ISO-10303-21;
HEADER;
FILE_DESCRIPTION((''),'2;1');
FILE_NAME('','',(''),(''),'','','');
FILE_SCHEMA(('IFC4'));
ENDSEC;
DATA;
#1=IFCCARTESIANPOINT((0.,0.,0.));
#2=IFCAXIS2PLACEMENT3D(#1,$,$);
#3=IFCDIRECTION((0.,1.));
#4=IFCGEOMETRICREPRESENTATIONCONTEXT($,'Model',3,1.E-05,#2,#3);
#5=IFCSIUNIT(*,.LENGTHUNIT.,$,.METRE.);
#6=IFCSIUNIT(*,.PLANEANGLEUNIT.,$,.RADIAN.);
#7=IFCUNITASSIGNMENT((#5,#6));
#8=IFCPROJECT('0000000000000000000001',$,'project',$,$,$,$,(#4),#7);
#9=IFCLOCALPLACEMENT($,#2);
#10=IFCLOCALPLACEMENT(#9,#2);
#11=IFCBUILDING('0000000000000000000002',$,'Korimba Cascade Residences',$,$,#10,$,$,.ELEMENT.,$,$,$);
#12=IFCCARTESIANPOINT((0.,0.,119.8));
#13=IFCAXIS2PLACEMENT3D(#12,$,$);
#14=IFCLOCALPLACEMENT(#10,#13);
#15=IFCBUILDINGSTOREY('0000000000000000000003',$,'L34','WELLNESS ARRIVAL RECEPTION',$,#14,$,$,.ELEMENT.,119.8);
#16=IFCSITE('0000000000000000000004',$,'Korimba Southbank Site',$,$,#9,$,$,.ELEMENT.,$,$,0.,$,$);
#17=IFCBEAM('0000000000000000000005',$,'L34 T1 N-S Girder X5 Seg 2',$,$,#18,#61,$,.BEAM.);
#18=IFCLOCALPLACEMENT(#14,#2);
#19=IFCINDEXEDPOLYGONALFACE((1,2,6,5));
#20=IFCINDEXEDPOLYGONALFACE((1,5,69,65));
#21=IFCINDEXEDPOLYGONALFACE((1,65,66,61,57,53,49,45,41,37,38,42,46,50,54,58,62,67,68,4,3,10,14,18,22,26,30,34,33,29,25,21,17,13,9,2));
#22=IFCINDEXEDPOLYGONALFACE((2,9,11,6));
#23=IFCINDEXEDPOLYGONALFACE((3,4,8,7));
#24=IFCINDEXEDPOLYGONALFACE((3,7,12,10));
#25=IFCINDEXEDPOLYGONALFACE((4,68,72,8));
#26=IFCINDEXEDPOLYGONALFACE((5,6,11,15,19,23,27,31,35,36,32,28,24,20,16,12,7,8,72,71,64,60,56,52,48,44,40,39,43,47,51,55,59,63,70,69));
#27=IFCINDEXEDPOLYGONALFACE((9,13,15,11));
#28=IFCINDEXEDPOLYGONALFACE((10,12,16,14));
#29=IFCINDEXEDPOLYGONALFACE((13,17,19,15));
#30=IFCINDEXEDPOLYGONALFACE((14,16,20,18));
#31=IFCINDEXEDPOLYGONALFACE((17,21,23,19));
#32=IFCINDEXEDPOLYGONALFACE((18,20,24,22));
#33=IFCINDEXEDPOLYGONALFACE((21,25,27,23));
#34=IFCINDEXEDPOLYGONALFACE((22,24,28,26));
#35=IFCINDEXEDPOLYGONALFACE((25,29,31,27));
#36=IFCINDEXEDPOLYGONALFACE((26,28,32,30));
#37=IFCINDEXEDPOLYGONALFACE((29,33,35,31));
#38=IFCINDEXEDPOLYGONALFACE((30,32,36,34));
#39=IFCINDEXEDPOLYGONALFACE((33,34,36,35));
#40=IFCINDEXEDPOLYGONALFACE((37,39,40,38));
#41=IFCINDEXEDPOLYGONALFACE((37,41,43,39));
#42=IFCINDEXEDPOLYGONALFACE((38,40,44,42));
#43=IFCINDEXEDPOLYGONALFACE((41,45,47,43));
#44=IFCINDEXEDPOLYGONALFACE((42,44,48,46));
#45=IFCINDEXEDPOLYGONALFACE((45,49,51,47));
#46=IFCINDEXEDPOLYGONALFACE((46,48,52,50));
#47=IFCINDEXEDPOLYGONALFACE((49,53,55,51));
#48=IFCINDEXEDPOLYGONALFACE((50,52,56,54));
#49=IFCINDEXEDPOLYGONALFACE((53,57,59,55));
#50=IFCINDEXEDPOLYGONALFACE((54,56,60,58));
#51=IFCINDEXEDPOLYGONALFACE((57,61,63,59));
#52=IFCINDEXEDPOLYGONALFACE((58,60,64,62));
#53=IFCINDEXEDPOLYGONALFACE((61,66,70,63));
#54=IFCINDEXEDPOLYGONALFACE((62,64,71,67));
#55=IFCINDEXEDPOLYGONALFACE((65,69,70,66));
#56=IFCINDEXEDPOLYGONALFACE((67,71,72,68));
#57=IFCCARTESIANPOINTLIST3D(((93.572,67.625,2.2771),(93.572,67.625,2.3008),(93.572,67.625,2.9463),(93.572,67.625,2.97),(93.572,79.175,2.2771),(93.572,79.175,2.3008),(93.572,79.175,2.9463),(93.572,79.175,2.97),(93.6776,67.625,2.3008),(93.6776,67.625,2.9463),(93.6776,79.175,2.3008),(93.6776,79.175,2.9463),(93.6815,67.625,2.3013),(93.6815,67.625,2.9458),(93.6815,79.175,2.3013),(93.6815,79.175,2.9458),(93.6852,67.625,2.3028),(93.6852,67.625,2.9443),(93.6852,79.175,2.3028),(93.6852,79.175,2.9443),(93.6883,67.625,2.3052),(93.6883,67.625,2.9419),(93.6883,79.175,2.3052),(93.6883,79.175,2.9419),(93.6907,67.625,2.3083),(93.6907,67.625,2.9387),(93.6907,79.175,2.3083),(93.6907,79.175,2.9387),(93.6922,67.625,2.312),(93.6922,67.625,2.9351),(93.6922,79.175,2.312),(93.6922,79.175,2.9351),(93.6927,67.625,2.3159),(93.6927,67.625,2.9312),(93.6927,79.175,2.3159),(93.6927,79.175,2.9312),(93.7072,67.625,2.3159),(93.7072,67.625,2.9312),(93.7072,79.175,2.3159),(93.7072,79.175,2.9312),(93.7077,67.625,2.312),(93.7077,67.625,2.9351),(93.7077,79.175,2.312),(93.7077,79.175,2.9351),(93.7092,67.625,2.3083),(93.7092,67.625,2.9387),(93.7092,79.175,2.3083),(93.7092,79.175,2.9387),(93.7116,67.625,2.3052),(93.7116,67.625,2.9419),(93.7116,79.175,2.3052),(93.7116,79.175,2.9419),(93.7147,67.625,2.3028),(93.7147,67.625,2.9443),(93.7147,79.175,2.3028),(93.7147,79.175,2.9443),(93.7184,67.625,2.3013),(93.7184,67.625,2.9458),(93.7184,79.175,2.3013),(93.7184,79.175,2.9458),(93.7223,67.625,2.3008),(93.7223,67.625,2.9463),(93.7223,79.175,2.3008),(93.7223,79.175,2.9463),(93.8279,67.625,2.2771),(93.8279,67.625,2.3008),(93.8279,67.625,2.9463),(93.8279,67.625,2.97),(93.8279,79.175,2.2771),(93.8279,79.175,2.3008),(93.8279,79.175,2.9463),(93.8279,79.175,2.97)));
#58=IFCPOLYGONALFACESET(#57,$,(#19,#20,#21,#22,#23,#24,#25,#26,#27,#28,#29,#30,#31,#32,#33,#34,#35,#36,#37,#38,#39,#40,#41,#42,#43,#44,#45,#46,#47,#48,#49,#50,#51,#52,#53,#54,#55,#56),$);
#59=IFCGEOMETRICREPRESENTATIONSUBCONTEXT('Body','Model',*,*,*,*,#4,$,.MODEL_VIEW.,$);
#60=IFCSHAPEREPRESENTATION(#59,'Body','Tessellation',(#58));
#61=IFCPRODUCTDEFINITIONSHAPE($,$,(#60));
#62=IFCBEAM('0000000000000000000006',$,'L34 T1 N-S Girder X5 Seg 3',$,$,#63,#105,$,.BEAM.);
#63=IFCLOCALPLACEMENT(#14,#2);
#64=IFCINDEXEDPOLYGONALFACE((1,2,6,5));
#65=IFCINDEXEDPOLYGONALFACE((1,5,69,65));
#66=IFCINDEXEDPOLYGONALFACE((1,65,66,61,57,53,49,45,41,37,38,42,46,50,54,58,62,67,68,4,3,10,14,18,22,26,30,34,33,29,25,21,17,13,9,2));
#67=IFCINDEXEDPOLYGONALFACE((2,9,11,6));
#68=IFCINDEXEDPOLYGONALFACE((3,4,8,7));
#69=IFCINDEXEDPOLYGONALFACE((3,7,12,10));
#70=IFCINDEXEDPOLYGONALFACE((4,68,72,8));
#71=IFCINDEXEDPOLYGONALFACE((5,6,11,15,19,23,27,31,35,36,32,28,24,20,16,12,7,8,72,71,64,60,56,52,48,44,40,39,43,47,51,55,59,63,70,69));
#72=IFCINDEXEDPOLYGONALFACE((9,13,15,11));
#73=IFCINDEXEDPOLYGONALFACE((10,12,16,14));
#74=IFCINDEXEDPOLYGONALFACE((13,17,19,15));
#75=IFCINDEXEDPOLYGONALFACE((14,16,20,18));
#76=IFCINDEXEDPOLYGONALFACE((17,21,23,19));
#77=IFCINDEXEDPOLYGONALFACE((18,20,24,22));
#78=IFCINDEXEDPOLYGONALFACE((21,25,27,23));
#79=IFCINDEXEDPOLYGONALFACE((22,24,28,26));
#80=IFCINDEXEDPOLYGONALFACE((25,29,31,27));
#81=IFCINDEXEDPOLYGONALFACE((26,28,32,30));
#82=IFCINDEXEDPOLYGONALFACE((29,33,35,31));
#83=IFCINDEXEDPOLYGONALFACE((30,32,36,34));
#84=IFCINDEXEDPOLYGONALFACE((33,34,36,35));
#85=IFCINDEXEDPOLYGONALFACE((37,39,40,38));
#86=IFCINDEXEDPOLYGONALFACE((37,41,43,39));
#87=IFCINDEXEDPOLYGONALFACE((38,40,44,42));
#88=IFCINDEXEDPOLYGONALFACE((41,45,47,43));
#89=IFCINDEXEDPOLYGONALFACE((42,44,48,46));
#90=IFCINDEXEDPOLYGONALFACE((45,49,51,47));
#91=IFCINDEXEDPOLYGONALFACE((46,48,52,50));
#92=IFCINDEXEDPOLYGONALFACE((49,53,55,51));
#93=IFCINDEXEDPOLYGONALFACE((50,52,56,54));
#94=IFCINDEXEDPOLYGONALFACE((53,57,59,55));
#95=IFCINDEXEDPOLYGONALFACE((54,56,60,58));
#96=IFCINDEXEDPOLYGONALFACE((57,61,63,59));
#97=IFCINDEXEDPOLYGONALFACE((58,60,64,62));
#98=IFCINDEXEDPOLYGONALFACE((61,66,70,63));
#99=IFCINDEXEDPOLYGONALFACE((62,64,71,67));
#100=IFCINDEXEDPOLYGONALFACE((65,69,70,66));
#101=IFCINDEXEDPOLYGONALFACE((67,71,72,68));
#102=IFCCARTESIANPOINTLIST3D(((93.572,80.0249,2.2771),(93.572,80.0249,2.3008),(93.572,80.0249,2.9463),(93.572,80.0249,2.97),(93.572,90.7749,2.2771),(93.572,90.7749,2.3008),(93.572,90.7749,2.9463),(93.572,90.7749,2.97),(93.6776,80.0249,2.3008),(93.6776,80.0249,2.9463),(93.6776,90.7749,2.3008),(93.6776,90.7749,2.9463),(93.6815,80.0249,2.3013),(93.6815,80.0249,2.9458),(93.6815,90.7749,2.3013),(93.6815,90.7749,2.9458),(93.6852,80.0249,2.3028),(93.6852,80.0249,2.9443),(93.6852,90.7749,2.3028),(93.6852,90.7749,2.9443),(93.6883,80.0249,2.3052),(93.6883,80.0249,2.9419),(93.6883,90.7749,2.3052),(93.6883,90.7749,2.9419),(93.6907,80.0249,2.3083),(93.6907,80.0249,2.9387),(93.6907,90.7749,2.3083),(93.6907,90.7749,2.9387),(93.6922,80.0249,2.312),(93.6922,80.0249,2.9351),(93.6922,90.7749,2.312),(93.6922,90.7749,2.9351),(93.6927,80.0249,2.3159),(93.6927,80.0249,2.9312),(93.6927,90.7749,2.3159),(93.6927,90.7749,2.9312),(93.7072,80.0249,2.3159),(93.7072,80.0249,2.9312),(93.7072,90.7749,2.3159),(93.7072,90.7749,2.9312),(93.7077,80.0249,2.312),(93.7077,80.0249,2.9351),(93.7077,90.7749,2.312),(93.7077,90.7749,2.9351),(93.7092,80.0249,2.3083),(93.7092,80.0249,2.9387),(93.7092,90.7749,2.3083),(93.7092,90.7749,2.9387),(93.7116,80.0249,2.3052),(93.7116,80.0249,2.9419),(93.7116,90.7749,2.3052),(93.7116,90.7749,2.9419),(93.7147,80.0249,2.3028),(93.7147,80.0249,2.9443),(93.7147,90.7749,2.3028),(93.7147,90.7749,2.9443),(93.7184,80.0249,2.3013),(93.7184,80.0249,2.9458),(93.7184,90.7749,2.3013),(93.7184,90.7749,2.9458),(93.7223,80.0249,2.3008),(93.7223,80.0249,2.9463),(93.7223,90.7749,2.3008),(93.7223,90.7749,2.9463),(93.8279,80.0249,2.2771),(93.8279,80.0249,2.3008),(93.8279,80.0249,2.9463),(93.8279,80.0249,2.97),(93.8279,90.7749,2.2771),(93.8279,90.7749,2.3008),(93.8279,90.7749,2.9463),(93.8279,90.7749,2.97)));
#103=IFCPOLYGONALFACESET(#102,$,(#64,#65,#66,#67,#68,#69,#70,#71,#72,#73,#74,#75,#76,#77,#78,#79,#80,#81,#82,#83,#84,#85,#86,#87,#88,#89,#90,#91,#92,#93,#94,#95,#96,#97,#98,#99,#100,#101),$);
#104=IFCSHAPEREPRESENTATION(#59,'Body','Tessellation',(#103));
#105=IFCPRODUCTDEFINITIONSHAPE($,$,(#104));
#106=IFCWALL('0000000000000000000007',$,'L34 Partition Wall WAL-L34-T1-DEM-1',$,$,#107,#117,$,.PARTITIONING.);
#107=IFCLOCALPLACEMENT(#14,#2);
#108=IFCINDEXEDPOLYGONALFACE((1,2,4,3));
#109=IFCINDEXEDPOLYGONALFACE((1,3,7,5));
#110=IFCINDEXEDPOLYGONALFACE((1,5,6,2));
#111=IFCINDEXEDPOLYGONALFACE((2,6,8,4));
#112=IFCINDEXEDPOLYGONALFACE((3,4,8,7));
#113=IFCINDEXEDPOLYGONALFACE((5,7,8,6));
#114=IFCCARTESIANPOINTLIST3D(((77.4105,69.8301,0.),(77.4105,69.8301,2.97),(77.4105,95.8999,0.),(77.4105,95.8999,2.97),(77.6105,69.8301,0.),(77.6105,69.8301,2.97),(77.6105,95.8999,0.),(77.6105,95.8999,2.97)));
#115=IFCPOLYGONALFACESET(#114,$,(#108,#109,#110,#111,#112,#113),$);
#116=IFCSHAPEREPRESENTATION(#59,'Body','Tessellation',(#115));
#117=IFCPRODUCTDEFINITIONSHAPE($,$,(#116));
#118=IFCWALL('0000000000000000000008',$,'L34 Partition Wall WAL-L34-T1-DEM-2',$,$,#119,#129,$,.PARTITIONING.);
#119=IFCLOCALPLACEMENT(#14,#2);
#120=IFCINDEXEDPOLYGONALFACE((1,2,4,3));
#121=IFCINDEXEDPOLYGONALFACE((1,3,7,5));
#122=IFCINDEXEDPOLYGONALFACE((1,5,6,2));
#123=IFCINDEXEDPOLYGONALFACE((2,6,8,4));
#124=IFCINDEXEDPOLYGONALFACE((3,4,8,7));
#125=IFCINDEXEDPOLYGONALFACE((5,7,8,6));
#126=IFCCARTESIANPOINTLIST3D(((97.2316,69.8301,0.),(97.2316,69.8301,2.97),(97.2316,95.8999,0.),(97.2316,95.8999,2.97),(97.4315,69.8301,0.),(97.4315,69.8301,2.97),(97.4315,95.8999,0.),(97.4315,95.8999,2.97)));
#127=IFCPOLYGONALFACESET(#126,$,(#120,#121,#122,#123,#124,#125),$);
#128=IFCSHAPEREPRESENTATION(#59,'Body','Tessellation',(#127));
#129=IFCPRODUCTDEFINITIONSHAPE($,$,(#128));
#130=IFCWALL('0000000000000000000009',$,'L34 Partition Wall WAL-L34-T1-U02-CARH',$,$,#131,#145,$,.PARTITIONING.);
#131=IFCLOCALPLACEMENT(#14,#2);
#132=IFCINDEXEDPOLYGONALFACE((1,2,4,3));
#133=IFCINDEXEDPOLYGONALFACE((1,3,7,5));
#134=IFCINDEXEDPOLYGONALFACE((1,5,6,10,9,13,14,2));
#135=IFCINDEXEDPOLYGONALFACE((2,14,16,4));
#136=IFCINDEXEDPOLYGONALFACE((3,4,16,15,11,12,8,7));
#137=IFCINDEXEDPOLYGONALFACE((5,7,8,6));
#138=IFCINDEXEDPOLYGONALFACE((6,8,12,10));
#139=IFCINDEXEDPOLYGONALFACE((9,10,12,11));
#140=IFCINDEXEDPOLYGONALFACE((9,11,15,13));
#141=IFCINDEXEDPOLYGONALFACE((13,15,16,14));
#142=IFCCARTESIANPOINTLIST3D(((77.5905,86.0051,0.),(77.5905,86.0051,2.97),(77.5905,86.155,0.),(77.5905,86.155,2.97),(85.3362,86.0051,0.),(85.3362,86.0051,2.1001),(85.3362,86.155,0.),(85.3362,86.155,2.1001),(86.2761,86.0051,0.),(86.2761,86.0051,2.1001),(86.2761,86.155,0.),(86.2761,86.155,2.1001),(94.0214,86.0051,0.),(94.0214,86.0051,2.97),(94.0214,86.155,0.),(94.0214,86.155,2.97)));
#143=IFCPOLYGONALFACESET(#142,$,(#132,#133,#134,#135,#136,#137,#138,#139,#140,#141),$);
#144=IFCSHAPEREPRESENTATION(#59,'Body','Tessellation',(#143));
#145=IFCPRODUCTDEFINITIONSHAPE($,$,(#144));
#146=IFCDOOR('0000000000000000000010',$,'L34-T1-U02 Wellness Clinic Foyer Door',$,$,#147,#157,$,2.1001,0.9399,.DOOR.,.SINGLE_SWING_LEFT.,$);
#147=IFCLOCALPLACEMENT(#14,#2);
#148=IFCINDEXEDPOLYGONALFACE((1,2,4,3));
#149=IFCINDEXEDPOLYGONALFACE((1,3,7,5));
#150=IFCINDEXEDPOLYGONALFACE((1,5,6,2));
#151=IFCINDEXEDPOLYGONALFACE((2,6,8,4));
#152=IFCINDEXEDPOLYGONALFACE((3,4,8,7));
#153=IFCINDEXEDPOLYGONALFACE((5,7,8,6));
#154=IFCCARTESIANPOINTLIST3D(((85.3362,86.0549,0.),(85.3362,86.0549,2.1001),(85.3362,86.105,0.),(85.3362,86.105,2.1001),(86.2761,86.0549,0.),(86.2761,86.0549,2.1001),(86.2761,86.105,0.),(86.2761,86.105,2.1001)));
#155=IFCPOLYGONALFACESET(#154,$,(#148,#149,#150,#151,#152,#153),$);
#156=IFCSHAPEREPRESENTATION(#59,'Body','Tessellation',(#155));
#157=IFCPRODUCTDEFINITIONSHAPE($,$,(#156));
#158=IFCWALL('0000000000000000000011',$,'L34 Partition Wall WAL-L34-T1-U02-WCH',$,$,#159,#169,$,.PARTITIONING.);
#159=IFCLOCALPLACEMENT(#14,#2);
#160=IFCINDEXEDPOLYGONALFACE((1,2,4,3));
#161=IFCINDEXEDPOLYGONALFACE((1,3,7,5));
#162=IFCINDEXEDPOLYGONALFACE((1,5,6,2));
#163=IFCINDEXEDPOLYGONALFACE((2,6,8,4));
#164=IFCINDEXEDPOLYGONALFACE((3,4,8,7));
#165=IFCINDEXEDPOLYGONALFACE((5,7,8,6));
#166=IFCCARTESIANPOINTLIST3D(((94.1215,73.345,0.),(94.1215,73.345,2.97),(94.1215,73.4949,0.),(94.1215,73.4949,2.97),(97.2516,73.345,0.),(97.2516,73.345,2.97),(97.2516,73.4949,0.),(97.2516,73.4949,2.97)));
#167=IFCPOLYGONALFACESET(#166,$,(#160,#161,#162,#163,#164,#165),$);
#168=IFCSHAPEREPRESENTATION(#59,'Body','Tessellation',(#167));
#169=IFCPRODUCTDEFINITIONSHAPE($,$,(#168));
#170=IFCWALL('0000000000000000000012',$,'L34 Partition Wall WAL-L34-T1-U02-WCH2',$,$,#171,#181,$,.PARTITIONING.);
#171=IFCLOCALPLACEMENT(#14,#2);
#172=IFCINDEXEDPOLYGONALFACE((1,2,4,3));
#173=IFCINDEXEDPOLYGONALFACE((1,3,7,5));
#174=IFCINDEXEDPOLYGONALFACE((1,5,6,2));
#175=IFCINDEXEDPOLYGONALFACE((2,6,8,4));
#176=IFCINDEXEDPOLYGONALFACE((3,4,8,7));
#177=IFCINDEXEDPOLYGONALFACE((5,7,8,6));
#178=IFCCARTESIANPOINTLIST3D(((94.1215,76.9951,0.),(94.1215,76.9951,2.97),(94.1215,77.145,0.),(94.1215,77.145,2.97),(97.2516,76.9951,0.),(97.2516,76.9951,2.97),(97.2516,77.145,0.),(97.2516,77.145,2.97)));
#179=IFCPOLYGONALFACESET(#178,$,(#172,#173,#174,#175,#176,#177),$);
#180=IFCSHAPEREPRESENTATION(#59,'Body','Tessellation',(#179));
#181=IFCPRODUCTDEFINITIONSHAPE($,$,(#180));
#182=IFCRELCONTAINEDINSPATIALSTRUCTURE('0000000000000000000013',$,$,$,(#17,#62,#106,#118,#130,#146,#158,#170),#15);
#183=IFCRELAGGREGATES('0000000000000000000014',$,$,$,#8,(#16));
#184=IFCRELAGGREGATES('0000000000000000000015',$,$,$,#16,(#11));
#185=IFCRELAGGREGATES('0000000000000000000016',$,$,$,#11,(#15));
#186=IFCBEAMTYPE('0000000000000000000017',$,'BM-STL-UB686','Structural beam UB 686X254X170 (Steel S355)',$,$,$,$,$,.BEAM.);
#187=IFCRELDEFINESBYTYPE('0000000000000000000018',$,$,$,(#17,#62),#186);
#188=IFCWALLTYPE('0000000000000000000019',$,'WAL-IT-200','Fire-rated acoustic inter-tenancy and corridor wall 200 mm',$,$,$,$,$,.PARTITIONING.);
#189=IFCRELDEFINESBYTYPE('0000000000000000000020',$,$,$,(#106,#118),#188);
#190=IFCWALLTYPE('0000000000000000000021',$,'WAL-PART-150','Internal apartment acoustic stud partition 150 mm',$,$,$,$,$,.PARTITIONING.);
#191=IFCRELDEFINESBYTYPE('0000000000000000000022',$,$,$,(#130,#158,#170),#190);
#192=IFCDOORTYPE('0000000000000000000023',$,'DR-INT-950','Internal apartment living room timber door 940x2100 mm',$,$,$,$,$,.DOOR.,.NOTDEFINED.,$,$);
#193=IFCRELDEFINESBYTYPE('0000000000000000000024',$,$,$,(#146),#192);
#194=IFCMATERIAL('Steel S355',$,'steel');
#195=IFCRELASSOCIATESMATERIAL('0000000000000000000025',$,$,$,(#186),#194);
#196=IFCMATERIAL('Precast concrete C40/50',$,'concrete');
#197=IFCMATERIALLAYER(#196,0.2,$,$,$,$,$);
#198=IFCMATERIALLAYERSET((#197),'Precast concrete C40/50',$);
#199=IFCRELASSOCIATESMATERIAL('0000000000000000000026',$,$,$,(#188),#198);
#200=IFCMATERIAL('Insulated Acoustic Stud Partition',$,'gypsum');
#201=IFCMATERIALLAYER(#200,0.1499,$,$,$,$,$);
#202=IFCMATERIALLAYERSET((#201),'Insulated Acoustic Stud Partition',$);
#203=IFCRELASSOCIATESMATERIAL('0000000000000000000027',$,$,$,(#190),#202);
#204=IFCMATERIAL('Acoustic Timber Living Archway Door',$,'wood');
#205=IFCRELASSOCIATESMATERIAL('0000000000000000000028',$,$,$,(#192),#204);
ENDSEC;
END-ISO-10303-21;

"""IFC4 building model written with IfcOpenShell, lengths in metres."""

from ifc_helpers import new_model, si_unit, direction, frame, frame_2d, origin, origin_2d, place, context, subcontext, project, spatial, rectangle, i_section, extrude, material, layer, layer_set, material_profile, profile_set, type_object, element, fill, save


model = new_model("IFC4")

# Units and contexts
model_context = context("Model", 3, precision=1e-05, world=origin(), true_north=direction((0.0, 1.0)))
body_context = subcontext(model_context, "Body", "Model", "MODEL_VIEW")
ifc_project = project(units=[si_unit("LENGTHUNIT", "METRE"), si_unit("PLANEANGLEUNIT", "RADIAN")], contexts=[model_context])

# Site, building, storey
site_placement = place(None, origin())
site = spatial("IfcSite", under=ifc_project, at=site_placement, Name="Korimba Southbank Site", CompositionType="ELEMENT", RefElevation=0.0)
building_placement = place(site_placement, origin())
building = spatial("IfcBuilding", under=site, at=building_placement, Name="Korimba Cascade Residences", CompositionType="ELEMENT")
storey_placement = place(building_placement, frame((0.0, 0.0, 119.8)))
storey = spatial("IfcBuildingStorey", under=building, at=storey_placement, Name="L34", Description="WELLNESS ARRIVAL RECEPTION", CompositionType="ELEMENT", Elevation=119.8)

# Beams
ifc_material_1 = material(Name="Steel S355", Category="steel")
ifc_material_profile_1 = material_profile(ifc_material_1, i_section(OverallWidth=0.2559, OverallDepth=0.6929, WebThickness=0.0144, FlangeThickness=0.0237, FilletRadius=0.0151, at=origin_2d()), Name="Steel S355")
ifc_profile_set_1 = profile_set([ifc_material_profile_1], Name="Steel S355")
beam_type_1 = type_object("IfcBeamType", Name="BM-STL-UB686", Description="Structural beam UB 686X254X170 (Steel S355)", PredefinedType="BEAM", material=ifc_profile_set_1)
beam_1_placement = place(storey_placement, frame((93.7, 67.625, 2.6235), z_axis=(0.0, 1.0, 0.0), x_axis=(-1.0, 0.0, 0.0)))
element("IfcBeam", 1, at=beam_1_placement, inside=storey, type_object=beam_type_1, Name="L34 T1 N-S Girder X5 Seg 2", PredefinedType="BEAM", context=body_context, shape_type="SweptSolid", body=[
    extrude(i_section(OverallWidth=0.2559, OverallDepth=0.6929, WebThickness=0.0144, FlangeThickness=0.0237, FilletRadius=0.0151, at=origin_2d()), origin(), (0.0, 0.0, 1.0), 11.55),
])
beam_2_placement = place(storey_placement, frame((93.7, 80.0249, 2.6235), z_axis=(0.0, 1.0, 0.0), x_axis=(-1.0, 0.0, 0.0)))
element("IfcBeam", 2, at=beam_2_placement, inside=storey, type_object=beam_type_1, Name="L34 T1 N-S Girder X5 Seg 3", PredefinedType="BEAM", context=body_context, shape_type="SweptSolid", body=[
    extrude(i_section(OverallWidth=0.2559, OverallDepth=0.6929, WebThickness=0.0144, FlangeThickness=0.0237, FilletRadius=0.0151, at=origin_2d()), origin(), (0.0, 0.0, 1.0), 10.75),
])

# Walls
ifc_material_2 = material(Name="Precast concrete C40/50", Category="concrete")
ifc_layer_1 = layer(ifc_material_2, 0.2)
ifc_layer_set_1 = layer_set([ifc_layer_1], Name="Precast concrete C40/50")
wall_type_1 = type_object("IfcWallType", Name="WAL-IT-200", Description="Fire-rated acoustic inter-tenancy and corridor wall 200 mm", PredefinedType="PARTITIONING", material=ifc_layer_set_1)
for number, where, z_axis, x_axis, name in (
    (3, (77.5105, 69.8301, 0.0), (0.0, 0.0, 1.0), (0.0, 1.0, 0.0), "L34 Partition Wall WAL-L34-T1-DEM-1"),
    (4, (97.3315, 69.8301, 0.0), (0.0, 0.0, 1.0), (0.0, 1.0, 0.0), "L34 Partition Wall WAL-L34-T1-DEM-2"),
):
    element("IfcWall", number, at=place(storey_placement, frame(where, z_axis=z_axis, x_axis=x_axis)), inside=storey, type_object=wall_type_1, Name=name, PredefinedType="PARTITIONING", context=body_context, shape_type="SweptSolid", body=[
        extrude(rectangle(XDim=26.0698, YDim=0.2, at=frame_2d((13.0349, 0.0))), origin(), (0.0, 0.0, 1.0), 2.97),
    ])

# Wall, opening, door
ifc_material_3 = material(Name="Insulated Acoustic Stud Partition", Category="gypsum")
ifc_layer_2 = layer(ifc_material_3, 0.1499)
ifc_layer_set_2 = layer_set([ifc_layer_2], Name="Insulated Acoustic Stud Partition")
wall_type_2 = type_object("IfcWallType", Name="WAL-PART-150", Description="Internal apartment acoustic stud partition 150 mm", PredefinedType="PARTITIONING", material=ifc_layer_set_2)
wall_1_placement = place(storey_placement, frame((77.5906, 86.0801, 0.0), z_axis=(0.0, 0.0, 1.0), x_axis=(1.0, 0.0, 0.0)))
wall_1 = element("IfcWall", 5, at=wall_1_placement, inside=storey, type_object=wall_type_2, Name="L34 Partition Wall WAL-L34-T1-U02-CARH", PredefinedType="PARTITIONING", context=body_context, shape_type="SweptSolid", body=[
    extrude(rectangle(XDim=16.4309, YDim=0.1499, at=frame_2d((8.2153, 0.0))), origin(), (0.0, 0.0, 1.0), 2.97),
])
opening_1_placement = place(wall_1_placement, frame((7.7456, 0.0, 0.0)))
opening_1 = element("IfcOpeningElement", 6, at=opening_1_placement, cuts=wall_1, PredefinedType="OPENING", context=body_context, shape_type="SweptSolid", body=[
    extrude(rectangle(XDim=0.9399, YDim=2.1001, at=frame_2d((0.47, 1.05))), frame((0.0, 0.085, 0.0), z_axis=(0.0, -1.0, 0.0), x_axis=(1.0, 0.0, 0.0)), (0.0, 0.0, 1.0), 0.1699),
])
ifc_material_4 = material(Name="Acoustic Timber Living Archway Door", Category="wood")
door_type_1 = type_object("IfcDoorType", Name="DR-INT-950", Description="Internal apartment living room timber door 940x2100 mm", OperationType="NOTDEFINED", PredefinedType="DOOR", material=ifc_material_4)
door_1_placement = place(opening_1_placement, origin())
door_1 = element("IfcDoor", 7, at=door_1_placement, inside=storey, type_object=door_type_1, Name="L34-T1-U02 Wellness Clinic Foyer Door", OperationType="SINGLE_SWING_LEFT", OverallHeight=2.1001, OverallWidth=0.9399, PredefinedType="DOOR", context=body_context, shape_type="SweptSolid", body=[
    extrude(rectangle(XDim=0.9399, YDim=2.1001, at=frame_2d((0.47, 1.05))), frame((0.0, 0.0249, 0.0), z_axis=(0.0, -1.0, 0.0), x_axis=(1.0, 0.0, 0.0)), (0.0, 0.0, 1.0), 0.05),
])
fill(opening_1, door_1)

# Walls
for number, where, z_axis, x_axis, name in (
    (8, (94.1216, 73.4199, 0.0), (0.0, 0.0, 1.0), (1.0, 0.0, 0.0), "L34 Partition Wall WAL-L34-T1-U02-WCH"),
    (9, (94.1216, 77.0701, 0.0), (0.0, 0.0, 1.0), (1.0, 0.0, 0.0), "L34 Partition Wall WAL-L34-T1-U02-WCH2"),
):
    element("IfcWall", number, at=place(storey_placement, frame(where, z_axis=z_axis, x_axis=x_axis)), inside=storey, type_object=wall_type_2, Name=name, PredefinedType="PARTITIONING", context=body_context, shape_type="SweptSolid", body=[
        extrude(rectangle(XDim=3.1301, YDim=0.1499, at=frame_2d((1.5649, 0.0))), origin(), (0.0, 0.0, 1.0), 2.97),
    ])

save(model, "model.ifc")
